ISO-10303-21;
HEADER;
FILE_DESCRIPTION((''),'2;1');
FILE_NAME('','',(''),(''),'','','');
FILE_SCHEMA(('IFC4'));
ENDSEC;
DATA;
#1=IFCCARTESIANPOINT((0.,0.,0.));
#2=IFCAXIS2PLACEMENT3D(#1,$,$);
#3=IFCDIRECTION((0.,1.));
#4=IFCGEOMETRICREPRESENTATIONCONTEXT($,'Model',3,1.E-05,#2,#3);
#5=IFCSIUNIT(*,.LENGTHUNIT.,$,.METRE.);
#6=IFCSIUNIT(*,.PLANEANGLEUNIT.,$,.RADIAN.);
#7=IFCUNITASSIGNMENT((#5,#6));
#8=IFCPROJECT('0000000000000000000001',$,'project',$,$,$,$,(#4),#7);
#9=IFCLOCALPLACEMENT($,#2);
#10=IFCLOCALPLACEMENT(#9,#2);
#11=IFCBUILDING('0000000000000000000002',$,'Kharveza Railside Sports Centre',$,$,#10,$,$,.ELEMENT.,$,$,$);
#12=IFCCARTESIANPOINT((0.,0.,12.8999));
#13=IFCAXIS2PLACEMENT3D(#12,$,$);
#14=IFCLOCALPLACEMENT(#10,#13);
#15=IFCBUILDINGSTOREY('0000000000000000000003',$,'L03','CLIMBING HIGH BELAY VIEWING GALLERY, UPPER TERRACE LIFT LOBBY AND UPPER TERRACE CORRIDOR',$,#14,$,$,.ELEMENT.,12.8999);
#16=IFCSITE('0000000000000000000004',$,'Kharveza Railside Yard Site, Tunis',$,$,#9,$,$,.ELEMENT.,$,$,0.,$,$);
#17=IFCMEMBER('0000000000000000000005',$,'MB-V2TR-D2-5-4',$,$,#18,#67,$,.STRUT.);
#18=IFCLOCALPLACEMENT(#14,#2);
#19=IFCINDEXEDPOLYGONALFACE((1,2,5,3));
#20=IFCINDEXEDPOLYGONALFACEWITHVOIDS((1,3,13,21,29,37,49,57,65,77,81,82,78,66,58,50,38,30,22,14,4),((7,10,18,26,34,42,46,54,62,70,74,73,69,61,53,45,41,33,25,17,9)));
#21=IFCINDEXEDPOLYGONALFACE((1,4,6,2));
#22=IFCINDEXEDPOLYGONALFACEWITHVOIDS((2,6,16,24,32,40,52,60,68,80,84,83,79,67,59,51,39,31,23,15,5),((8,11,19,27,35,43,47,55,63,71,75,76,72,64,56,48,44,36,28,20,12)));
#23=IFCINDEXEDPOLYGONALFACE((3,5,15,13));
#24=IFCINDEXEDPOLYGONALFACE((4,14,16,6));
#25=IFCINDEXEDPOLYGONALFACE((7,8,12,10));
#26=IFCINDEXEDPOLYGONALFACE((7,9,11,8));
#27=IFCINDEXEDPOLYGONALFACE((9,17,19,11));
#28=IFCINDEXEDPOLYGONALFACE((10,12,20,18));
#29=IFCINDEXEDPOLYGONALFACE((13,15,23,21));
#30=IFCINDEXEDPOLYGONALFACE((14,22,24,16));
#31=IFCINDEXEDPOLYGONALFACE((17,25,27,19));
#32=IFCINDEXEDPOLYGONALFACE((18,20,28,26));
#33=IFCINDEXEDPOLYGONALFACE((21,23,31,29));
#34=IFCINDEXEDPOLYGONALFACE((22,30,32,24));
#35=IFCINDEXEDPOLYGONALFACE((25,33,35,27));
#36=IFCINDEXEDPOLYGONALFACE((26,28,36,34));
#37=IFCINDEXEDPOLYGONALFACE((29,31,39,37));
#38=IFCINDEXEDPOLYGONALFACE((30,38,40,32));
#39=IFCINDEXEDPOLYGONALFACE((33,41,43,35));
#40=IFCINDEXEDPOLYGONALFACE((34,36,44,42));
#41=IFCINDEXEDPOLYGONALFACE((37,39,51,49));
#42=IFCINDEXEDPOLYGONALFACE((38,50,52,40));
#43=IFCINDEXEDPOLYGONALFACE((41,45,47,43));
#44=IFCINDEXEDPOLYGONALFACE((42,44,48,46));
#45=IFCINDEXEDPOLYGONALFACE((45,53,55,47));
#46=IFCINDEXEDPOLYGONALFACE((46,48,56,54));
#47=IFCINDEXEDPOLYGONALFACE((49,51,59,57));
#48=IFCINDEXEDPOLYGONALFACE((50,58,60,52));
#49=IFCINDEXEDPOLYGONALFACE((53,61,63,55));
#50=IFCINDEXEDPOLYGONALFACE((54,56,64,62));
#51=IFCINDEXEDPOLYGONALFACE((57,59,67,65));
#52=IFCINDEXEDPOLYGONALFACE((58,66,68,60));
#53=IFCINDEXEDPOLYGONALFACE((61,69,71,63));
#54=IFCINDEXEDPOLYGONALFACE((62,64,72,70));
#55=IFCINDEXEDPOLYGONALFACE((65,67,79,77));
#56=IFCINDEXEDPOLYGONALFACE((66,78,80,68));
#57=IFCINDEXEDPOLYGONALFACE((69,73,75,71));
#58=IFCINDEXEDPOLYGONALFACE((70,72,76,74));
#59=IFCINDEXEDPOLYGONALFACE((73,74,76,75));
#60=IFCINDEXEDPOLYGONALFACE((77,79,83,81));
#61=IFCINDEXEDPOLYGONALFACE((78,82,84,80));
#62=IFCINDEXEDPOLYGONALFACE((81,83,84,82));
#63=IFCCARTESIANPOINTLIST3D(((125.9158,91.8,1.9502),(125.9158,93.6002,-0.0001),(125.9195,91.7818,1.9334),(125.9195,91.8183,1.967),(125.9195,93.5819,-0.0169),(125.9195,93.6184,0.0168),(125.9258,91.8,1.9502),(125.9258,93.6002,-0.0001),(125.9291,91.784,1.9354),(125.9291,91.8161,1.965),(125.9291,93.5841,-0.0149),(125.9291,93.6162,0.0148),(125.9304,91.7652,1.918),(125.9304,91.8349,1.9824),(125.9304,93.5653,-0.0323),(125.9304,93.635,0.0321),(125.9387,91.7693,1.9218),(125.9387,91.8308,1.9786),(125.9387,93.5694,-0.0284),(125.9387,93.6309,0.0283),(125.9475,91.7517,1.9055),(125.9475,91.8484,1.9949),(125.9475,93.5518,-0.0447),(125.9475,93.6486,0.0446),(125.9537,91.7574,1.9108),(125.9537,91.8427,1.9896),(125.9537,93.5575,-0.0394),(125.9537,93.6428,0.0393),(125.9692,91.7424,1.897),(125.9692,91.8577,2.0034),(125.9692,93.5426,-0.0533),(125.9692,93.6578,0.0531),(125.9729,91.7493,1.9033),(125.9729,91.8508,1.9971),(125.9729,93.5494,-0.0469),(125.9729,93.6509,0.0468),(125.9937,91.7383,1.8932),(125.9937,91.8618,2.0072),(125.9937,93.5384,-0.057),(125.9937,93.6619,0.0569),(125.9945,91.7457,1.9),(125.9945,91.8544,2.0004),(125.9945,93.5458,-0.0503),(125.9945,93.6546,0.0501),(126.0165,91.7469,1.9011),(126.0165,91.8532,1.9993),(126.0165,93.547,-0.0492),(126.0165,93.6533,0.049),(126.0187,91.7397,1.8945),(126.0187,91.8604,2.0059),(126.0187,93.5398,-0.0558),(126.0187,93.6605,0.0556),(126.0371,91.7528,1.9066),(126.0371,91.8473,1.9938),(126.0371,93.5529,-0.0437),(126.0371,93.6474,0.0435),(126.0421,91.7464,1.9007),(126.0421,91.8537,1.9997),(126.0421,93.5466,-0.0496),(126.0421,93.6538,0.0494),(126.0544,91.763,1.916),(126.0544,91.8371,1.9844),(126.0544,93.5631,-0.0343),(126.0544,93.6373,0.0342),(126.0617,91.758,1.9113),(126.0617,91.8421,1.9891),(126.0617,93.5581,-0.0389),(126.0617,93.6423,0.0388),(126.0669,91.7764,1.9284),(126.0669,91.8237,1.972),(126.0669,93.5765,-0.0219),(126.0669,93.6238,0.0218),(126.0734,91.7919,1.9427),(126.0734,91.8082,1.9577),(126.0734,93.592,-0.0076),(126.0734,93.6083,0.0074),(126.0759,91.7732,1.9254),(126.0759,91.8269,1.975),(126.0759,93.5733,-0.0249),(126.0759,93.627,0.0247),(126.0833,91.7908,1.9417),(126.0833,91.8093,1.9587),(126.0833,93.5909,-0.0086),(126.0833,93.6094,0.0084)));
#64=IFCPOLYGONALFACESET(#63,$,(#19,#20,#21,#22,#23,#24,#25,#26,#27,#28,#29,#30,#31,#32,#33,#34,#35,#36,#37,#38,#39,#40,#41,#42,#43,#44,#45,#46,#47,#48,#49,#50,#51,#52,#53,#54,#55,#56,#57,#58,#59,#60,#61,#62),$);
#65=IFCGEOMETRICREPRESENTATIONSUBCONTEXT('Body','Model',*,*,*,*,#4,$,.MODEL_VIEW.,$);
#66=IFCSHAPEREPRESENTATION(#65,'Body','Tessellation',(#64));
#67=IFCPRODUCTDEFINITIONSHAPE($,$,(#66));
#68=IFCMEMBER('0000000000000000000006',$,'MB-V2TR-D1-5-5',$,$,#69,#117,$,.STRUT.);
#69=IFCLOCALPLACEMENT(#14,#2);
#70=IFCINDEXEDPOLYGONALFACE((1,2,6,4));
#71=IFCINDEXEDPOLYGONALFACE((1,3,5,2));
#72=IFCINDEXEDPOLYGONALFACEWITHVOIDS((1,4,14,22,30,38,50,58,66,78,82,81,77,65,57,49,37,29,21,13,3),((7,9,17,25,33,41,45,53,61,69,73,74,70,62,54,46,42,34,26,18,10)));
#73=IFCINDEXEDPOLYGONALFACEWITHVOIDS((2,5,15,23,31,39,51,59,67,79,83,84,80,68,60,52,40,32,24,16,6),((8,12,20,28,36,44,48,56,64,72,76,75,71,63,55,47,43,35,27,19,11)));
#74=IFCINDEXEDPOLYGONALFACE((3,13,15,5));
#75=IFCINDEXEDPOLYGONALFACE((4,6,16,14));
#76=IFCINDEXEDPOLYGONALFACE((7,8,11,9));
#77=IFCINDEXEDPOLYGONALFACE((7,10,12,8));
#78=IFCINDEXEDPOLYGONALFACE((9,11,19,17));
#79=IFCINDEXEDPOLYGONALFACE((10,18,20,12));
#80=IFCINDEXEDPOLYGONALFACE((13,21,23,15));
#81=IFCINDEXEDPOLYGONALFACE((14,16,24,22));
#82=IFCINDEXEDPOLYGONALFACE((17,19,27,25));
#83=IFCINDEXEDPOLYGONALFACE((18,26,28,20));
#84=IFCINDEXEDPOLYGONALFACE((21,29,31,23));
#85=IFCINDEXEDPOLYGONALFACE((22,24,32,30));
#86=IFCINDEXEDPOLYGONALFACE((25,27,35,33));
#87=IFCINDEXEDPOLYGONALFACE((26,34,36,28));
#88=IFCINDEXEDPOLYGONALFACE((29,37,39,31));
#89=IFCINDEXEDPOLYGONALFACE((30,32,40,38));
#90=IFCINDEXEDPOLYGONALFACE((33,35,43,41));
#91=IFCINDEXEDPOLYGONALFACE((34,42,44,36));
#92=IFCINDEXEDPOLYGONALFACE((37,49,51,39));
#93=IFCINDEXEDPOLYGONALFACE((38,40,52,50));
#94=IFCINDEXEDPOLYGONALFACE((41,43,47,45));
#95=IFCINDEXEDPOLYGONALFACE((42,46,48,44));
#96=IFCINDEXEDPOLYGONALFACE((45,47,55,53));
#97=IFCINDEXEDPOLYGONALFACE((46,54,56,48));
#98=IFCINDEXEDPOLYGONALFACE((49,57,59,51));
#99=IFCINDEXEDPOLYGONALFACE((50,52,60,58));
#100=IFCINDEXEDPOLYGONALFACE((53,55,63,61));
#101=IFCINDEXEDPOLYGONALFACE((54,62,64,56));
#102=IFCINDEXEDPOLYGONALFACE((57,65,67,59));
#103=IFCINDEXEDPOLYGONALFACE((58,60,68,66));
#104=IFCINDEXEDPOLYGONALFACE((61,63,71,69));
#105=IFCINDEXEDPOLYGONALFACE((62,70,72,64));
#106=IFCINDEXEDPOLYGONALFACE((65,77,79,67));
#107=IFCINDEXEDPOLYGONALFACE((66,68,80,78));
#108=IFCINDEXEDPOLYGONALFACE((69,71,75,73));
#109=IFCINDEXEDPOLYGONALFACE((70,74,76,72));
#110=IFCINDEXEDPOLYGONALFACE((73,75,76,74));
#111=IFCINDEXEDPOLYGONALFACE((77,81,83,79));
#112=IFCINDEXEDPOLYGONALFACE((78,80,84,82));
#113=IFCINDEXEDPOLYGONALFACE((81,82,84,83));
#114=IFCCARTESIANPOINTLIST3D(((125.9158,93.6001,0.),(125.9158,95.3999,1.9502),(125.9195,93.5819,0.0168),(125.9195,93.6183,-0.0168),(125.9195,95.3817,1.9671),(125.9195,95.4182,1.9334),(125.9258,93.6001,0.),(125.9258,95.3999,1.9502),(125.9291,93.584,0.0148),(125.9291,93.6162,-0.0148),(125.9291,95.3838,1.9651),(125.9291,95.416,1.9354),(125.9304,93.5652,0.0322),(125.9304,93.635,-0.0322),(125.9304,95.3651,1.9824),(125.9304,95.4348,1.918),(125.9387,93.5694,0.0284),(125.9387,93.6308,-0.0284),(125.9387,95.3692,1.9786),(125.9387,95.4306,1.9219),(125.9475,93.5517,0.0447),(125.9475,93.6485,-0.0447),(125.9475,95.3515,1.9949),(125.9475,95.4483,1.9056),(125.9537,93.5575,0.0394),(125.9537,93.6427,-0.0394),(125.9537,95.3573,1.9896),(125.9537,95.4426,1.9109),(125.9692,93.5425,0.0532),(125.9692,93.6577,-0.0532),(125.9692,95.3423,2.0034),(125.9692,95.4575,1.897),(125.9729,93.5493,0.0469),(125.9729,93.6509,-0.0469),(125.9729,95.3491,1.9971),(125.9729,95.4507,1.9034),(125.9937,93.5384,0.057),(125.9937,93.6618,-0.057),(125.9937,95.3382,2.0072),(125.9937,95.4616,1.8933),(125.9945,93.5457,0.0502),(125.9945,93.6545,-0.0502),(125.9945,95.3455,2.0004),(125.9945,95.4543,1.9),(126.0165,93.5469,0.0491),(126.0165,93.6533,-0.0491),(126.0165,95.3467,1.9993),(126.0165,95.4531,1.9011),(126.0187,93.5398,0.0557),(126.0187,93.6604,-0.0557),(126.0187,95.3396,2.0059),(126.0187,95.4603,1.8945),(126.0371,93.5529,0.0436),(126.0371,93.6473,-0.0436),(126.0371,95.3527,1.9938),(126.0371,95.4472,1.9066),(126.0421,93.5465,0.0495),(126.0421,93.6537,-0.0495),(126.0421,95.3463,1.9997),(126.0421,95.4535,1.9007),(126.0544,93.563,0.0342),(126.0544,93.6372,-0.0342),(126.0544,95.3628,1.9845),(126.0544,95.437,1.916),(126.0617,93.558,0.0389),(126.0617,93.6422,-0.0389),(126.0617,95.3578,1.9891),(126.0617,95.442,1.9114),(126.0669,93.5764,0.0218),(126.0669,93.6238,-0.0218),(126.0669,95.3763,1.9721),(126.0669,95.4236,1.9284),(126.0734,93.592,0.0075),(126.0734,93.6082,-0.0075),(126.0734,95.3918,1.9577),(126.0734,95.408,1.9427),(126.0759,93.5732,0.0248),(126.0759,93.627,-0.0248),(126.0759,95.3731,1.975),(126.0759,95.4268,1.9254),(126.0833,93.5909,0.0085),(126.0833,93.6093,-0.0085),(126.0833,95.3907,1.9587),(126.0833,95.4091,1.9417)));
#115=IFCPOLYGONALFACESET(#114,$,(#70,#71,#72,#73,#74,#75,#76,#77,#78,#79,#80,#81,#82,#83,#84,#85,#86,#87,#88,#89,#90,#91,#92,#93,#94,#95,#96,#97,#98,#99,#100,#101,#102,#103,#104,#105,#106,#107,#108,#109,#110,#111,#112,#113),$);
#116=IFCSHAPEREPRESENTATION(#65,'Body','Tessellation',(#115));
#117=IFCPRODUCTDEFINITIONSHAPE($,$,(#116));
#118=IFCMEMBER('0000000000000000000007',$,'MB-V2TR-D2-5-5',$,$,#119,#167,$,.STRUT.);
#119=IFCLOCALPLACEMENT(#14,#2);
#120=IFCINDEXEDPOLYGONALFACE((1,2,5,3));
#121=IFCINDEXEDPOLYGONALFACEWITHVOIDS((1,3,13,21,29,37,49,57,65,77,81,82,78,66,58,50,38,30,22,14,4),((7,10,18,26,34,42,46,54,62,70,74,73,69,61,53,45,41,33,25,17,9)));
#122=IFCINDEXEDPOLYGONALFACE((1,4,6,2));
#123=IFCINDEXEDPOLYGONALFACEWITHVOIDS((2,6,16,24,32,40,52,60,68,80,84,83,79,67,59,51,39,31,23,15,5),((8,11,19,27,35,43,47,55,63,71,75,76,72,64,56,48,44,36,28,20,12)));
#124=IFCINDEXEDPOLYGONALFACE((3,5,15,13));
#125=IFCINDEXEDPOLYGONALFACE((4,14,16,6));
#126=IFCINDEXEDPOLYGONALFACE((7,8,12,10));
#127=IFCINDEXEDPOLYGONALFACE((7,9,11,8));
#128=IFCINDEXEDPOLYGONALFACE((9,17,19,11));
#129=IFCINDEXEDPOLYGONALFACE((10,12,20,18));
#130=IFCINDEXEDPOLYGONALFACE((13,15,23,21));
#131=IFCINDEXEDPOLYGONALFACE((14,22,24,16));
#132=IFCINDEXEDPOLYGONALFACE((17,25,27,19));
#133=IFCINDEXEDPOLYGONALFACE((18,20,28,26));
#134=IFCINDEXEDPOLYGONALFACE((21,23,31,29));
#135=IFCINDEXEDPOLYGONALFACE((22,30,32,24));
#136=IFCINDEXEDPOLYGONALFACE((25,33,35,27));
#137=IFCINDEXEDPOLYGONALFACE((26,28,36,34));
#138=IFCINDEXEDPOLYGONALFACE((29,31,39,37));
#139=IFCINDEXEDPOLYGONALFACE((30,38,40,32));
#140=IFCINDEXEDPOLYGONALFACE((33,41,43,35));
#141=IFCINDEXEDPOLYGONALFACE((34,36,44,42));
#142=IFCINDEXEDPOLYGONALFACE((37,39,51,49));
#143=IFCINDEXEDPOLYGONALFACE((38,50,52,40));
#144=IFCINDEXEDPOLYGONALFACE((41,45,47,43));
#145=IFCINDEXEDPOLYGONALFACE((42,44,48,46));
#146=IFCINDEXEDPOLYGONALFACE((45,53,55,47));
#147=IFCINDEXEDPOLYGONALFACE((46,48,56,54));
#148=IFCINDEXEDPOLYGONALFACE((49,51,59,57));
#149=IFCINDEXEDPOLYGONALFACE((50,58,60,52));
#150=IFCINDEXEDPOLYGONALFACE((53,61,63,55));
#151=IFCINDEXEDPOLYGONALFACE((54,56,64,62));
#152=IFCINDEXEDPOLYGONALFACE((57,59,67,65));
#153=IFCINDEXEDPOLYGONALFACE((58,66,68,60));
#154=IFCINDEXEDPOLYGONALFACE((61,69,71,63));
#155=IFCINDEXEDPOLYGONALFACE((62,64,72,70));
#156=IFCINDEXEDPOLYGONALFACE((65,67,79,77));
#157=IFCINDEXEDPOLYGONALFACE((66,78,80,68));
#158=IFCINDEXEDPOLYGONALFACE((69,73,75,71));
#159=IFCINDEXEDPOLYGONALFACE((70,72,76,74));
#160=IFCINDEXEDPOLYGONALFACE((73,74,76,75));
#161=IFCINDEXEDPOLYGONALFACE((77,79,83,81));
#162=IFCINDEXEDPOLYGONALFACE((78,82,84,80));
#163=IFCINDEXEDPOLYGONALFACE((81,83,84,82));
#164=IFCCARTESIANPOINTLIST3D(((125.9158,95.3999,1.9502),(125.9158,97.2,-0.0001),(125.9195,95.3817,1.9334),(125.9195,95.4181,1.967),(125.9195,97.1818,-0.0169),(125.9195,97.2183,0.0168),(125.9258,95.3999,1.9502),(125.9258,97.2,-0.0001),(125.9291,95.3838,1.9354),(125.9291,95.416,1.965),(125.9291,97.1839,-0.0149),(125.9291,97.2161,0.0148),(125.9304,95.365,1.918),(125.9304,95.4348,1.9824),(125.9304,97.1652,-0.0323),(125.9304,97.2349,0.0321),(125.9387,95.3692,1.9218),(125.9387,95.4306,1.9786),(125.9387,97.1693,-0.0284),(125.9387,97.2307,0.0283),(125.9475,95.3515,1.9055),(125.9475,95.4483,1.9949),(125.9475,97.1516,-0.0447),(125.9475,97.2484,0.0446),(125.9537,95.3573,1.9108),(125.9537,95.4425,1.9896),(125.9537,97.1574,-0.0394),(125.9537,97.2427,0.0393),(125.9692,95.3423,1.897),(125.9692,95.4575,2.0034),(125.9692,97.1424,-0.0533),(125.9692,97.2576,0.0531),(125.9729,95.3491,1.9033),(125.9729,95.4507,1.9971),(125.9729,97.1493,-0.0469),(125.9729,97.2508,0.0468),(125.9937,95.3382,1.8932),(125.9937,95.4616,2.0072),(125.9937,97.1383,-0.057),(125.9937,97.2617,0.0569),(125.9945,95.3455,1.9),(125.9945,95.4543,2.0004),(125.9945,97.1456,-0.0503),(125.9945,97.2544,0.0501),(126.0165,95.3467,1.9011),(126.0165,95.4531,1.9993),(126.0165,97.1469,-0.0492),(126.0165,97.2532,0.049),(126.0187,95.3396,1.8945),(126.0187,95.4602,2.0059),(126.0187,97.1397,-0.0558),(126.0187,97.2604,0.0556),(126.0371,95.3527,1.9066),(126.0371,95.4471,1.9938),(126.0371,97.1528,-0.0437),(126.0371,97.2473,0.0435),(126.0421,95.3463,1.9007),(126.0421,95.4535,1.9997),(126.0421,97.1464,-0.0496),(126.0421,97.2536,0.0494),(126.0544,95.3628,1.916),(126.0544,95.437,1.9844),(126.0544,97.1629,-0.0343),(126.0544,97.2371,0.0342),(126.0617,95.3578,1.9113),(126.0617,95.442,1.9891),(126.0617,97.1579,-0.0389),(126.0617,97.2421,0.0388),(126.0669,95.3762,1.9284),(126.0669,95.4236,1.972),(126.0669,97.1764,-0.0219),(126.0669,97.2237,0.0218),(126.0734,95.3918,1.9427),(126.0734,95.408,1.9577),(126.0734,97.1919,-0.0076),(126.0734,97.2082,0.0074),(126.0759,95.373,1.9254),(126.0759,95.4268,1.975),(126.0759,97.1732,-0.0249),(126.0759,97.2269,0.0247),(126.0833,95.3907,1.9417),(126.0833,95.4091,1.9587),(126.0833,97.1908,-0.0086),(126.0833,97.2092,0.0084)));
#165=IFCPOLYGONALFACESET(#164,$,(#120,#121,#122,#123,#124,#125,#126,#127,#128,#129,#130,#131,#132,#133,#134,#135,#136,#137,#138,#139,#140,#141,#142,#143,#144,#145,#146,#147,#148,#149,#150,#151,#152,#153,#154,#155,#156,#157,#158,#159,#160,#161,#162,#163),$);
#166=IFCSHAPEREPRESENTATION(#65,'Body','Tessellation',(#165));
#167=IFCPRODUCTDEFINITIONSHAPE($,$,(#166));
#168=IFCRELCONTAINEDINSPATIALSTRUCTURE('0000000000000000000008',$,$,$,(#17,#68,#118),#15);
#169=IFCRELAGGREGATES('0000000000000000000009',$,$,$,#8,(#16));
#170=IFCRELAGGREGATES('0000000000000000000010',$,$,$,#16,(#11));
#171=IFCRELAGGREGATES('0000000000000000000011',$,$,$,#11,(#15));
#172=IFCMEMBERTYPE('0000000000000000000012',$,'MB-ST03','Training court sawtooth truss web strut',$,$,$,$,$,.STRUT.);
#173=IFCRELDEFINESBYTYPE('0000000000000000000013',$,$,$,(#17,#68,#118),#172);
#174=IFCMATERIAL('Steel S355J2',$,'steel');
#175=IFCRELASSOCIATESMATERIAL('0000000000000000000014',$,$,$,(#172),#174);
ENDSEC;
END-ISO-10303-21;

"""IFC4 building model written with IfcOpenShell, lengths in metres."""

from ifc_helpers import new_model, si_unit, direction, frame, origin, origin_2d, place, context, subcontext, project, spatial, hollow_circle, extrude, material, material_profile, profile_set, type_object, element, save


model = new_model("IFC4")

# Units and contexts
model_context = context("Model", 3, precision=1e-05, world=origin(), true_north=direction((0.0, 1.0)))
body_context = subcontext(model_context, "Body", "Model", "MODEL_VIEW")
ifc_project = project(units=[si_unit("LENGTHUNIT", "METRE"), si_unit("PLANEANGLEUNIT", "RADIAN")], contexts=[model_context])

# Site, building, storey
site_placement = place(None, origin())
site = spatial("IfcSite", under=ifc_project, at=site_placement, Name="Kharveza Railside Yard Site, Tunis", CompositionType="ELEMENT", RefElevation=0.0)
building_placement = place(site_placement, origin())
building = spatial("IfcBuilding", under=site, at=building_placement, Name="Kharveza Railside Sports Centre", CompositionType="ELEMENT")
storey_placement = place(building_placement, frame((0.0, 0.0, 12.8999)))
storey = spatial("IfcBuildingStorey", under=building, at=storey_placement, Name="L03", Description="CLIMBING HIGH BELAY VIEWING GALLERY, UPPER TERRACE LIFT LOBBY AND UPPER TERRACE CORRIDOR", CompositionType="ELEMENT", Elevation=12.8999)

# Shared definitions
ifc_material_1 = material(Name="Steel S355J2", Category="steel")

# Members
ifc_material_profile_1 = material_profile(ifc_material_1, hollow_circle(Radius=0.0842, WallThickness=0.01, at=origin_2d()), Name="CHS 168.3x10.0")
ifc_profile_set_1 = profile_set([ifc_material_profile_1], Name="Steel S355J2")
member_type_1 = type_object("IfcMemberType", Name="MB-ST03", Description="Training court sawtooth truss web strut", PredefinedType="STRUT", material=ifc_profile_set_1)
for number, where, z_axis, x_axis, name in (
    (1, (126.0, 91.8, 1.9502), (0.0, 0.678253, -0.734828), (-1.0, 0.0, 0.0), "MB-V2TR-D2-5-4"),
):
    element("IfcMember", number, at=place(storey_placement, frame(where, z_axis=z_axis, x_axis=x_axis)), inside=storey, type_object=member_type_1, Name=name, PredefinedType="STRUT", context=body_context, shape_type="SweptSolid", body=[
        extrude(hollow_circle(Radius=0.0842, WallThickness=0.01, at=origin_2d()), origin(), (0.0, 0.0, 1.0), 2.6541),
    ])
member_1_placement = place(storey_placement, frame((126.0, 93.6001, 0.0), z_axis=(0.0, 0.678204, 0.734874), x_axis=(-1.0, 0.0, 0.0)))
element("IfcMember", 2, at=member_1_placement, inside=storey, type_object=member_type_1, Name="MB-V2TR-D1-5-5", PredefinedType="STRUT", context=body_context, shape_type="SweptSolid", body=[
    extrude(hollow_circle(Radius=0.0842, WallThickness=0.01, at=origin_2d()), origin(), (0.0, 0.0, 1.0), 2.6538),
])
member_2_placement = place(storey_placement, frame((126.0, 95.3999, 1.9502), z_axis=(0.0, 0.678253, -0.734828), x_axis=(-1.0, 0.0, 0.0)))
element("IfcMember", 3, at=member_2_placement, inside=storey, type_object=member_type_1, Name="MB-V2TR-D2-5-5", PredefinedType="STRUT", context=body_context, shape_type="SweptSolid", body=[
    extrude(hollow_circle(Radius=0.0842, WallThickness=0.01, at=origin_2d()), origin(), (0.0, 0.0, 1.0), 2.6541),
])

save(model, "model.ifc")
